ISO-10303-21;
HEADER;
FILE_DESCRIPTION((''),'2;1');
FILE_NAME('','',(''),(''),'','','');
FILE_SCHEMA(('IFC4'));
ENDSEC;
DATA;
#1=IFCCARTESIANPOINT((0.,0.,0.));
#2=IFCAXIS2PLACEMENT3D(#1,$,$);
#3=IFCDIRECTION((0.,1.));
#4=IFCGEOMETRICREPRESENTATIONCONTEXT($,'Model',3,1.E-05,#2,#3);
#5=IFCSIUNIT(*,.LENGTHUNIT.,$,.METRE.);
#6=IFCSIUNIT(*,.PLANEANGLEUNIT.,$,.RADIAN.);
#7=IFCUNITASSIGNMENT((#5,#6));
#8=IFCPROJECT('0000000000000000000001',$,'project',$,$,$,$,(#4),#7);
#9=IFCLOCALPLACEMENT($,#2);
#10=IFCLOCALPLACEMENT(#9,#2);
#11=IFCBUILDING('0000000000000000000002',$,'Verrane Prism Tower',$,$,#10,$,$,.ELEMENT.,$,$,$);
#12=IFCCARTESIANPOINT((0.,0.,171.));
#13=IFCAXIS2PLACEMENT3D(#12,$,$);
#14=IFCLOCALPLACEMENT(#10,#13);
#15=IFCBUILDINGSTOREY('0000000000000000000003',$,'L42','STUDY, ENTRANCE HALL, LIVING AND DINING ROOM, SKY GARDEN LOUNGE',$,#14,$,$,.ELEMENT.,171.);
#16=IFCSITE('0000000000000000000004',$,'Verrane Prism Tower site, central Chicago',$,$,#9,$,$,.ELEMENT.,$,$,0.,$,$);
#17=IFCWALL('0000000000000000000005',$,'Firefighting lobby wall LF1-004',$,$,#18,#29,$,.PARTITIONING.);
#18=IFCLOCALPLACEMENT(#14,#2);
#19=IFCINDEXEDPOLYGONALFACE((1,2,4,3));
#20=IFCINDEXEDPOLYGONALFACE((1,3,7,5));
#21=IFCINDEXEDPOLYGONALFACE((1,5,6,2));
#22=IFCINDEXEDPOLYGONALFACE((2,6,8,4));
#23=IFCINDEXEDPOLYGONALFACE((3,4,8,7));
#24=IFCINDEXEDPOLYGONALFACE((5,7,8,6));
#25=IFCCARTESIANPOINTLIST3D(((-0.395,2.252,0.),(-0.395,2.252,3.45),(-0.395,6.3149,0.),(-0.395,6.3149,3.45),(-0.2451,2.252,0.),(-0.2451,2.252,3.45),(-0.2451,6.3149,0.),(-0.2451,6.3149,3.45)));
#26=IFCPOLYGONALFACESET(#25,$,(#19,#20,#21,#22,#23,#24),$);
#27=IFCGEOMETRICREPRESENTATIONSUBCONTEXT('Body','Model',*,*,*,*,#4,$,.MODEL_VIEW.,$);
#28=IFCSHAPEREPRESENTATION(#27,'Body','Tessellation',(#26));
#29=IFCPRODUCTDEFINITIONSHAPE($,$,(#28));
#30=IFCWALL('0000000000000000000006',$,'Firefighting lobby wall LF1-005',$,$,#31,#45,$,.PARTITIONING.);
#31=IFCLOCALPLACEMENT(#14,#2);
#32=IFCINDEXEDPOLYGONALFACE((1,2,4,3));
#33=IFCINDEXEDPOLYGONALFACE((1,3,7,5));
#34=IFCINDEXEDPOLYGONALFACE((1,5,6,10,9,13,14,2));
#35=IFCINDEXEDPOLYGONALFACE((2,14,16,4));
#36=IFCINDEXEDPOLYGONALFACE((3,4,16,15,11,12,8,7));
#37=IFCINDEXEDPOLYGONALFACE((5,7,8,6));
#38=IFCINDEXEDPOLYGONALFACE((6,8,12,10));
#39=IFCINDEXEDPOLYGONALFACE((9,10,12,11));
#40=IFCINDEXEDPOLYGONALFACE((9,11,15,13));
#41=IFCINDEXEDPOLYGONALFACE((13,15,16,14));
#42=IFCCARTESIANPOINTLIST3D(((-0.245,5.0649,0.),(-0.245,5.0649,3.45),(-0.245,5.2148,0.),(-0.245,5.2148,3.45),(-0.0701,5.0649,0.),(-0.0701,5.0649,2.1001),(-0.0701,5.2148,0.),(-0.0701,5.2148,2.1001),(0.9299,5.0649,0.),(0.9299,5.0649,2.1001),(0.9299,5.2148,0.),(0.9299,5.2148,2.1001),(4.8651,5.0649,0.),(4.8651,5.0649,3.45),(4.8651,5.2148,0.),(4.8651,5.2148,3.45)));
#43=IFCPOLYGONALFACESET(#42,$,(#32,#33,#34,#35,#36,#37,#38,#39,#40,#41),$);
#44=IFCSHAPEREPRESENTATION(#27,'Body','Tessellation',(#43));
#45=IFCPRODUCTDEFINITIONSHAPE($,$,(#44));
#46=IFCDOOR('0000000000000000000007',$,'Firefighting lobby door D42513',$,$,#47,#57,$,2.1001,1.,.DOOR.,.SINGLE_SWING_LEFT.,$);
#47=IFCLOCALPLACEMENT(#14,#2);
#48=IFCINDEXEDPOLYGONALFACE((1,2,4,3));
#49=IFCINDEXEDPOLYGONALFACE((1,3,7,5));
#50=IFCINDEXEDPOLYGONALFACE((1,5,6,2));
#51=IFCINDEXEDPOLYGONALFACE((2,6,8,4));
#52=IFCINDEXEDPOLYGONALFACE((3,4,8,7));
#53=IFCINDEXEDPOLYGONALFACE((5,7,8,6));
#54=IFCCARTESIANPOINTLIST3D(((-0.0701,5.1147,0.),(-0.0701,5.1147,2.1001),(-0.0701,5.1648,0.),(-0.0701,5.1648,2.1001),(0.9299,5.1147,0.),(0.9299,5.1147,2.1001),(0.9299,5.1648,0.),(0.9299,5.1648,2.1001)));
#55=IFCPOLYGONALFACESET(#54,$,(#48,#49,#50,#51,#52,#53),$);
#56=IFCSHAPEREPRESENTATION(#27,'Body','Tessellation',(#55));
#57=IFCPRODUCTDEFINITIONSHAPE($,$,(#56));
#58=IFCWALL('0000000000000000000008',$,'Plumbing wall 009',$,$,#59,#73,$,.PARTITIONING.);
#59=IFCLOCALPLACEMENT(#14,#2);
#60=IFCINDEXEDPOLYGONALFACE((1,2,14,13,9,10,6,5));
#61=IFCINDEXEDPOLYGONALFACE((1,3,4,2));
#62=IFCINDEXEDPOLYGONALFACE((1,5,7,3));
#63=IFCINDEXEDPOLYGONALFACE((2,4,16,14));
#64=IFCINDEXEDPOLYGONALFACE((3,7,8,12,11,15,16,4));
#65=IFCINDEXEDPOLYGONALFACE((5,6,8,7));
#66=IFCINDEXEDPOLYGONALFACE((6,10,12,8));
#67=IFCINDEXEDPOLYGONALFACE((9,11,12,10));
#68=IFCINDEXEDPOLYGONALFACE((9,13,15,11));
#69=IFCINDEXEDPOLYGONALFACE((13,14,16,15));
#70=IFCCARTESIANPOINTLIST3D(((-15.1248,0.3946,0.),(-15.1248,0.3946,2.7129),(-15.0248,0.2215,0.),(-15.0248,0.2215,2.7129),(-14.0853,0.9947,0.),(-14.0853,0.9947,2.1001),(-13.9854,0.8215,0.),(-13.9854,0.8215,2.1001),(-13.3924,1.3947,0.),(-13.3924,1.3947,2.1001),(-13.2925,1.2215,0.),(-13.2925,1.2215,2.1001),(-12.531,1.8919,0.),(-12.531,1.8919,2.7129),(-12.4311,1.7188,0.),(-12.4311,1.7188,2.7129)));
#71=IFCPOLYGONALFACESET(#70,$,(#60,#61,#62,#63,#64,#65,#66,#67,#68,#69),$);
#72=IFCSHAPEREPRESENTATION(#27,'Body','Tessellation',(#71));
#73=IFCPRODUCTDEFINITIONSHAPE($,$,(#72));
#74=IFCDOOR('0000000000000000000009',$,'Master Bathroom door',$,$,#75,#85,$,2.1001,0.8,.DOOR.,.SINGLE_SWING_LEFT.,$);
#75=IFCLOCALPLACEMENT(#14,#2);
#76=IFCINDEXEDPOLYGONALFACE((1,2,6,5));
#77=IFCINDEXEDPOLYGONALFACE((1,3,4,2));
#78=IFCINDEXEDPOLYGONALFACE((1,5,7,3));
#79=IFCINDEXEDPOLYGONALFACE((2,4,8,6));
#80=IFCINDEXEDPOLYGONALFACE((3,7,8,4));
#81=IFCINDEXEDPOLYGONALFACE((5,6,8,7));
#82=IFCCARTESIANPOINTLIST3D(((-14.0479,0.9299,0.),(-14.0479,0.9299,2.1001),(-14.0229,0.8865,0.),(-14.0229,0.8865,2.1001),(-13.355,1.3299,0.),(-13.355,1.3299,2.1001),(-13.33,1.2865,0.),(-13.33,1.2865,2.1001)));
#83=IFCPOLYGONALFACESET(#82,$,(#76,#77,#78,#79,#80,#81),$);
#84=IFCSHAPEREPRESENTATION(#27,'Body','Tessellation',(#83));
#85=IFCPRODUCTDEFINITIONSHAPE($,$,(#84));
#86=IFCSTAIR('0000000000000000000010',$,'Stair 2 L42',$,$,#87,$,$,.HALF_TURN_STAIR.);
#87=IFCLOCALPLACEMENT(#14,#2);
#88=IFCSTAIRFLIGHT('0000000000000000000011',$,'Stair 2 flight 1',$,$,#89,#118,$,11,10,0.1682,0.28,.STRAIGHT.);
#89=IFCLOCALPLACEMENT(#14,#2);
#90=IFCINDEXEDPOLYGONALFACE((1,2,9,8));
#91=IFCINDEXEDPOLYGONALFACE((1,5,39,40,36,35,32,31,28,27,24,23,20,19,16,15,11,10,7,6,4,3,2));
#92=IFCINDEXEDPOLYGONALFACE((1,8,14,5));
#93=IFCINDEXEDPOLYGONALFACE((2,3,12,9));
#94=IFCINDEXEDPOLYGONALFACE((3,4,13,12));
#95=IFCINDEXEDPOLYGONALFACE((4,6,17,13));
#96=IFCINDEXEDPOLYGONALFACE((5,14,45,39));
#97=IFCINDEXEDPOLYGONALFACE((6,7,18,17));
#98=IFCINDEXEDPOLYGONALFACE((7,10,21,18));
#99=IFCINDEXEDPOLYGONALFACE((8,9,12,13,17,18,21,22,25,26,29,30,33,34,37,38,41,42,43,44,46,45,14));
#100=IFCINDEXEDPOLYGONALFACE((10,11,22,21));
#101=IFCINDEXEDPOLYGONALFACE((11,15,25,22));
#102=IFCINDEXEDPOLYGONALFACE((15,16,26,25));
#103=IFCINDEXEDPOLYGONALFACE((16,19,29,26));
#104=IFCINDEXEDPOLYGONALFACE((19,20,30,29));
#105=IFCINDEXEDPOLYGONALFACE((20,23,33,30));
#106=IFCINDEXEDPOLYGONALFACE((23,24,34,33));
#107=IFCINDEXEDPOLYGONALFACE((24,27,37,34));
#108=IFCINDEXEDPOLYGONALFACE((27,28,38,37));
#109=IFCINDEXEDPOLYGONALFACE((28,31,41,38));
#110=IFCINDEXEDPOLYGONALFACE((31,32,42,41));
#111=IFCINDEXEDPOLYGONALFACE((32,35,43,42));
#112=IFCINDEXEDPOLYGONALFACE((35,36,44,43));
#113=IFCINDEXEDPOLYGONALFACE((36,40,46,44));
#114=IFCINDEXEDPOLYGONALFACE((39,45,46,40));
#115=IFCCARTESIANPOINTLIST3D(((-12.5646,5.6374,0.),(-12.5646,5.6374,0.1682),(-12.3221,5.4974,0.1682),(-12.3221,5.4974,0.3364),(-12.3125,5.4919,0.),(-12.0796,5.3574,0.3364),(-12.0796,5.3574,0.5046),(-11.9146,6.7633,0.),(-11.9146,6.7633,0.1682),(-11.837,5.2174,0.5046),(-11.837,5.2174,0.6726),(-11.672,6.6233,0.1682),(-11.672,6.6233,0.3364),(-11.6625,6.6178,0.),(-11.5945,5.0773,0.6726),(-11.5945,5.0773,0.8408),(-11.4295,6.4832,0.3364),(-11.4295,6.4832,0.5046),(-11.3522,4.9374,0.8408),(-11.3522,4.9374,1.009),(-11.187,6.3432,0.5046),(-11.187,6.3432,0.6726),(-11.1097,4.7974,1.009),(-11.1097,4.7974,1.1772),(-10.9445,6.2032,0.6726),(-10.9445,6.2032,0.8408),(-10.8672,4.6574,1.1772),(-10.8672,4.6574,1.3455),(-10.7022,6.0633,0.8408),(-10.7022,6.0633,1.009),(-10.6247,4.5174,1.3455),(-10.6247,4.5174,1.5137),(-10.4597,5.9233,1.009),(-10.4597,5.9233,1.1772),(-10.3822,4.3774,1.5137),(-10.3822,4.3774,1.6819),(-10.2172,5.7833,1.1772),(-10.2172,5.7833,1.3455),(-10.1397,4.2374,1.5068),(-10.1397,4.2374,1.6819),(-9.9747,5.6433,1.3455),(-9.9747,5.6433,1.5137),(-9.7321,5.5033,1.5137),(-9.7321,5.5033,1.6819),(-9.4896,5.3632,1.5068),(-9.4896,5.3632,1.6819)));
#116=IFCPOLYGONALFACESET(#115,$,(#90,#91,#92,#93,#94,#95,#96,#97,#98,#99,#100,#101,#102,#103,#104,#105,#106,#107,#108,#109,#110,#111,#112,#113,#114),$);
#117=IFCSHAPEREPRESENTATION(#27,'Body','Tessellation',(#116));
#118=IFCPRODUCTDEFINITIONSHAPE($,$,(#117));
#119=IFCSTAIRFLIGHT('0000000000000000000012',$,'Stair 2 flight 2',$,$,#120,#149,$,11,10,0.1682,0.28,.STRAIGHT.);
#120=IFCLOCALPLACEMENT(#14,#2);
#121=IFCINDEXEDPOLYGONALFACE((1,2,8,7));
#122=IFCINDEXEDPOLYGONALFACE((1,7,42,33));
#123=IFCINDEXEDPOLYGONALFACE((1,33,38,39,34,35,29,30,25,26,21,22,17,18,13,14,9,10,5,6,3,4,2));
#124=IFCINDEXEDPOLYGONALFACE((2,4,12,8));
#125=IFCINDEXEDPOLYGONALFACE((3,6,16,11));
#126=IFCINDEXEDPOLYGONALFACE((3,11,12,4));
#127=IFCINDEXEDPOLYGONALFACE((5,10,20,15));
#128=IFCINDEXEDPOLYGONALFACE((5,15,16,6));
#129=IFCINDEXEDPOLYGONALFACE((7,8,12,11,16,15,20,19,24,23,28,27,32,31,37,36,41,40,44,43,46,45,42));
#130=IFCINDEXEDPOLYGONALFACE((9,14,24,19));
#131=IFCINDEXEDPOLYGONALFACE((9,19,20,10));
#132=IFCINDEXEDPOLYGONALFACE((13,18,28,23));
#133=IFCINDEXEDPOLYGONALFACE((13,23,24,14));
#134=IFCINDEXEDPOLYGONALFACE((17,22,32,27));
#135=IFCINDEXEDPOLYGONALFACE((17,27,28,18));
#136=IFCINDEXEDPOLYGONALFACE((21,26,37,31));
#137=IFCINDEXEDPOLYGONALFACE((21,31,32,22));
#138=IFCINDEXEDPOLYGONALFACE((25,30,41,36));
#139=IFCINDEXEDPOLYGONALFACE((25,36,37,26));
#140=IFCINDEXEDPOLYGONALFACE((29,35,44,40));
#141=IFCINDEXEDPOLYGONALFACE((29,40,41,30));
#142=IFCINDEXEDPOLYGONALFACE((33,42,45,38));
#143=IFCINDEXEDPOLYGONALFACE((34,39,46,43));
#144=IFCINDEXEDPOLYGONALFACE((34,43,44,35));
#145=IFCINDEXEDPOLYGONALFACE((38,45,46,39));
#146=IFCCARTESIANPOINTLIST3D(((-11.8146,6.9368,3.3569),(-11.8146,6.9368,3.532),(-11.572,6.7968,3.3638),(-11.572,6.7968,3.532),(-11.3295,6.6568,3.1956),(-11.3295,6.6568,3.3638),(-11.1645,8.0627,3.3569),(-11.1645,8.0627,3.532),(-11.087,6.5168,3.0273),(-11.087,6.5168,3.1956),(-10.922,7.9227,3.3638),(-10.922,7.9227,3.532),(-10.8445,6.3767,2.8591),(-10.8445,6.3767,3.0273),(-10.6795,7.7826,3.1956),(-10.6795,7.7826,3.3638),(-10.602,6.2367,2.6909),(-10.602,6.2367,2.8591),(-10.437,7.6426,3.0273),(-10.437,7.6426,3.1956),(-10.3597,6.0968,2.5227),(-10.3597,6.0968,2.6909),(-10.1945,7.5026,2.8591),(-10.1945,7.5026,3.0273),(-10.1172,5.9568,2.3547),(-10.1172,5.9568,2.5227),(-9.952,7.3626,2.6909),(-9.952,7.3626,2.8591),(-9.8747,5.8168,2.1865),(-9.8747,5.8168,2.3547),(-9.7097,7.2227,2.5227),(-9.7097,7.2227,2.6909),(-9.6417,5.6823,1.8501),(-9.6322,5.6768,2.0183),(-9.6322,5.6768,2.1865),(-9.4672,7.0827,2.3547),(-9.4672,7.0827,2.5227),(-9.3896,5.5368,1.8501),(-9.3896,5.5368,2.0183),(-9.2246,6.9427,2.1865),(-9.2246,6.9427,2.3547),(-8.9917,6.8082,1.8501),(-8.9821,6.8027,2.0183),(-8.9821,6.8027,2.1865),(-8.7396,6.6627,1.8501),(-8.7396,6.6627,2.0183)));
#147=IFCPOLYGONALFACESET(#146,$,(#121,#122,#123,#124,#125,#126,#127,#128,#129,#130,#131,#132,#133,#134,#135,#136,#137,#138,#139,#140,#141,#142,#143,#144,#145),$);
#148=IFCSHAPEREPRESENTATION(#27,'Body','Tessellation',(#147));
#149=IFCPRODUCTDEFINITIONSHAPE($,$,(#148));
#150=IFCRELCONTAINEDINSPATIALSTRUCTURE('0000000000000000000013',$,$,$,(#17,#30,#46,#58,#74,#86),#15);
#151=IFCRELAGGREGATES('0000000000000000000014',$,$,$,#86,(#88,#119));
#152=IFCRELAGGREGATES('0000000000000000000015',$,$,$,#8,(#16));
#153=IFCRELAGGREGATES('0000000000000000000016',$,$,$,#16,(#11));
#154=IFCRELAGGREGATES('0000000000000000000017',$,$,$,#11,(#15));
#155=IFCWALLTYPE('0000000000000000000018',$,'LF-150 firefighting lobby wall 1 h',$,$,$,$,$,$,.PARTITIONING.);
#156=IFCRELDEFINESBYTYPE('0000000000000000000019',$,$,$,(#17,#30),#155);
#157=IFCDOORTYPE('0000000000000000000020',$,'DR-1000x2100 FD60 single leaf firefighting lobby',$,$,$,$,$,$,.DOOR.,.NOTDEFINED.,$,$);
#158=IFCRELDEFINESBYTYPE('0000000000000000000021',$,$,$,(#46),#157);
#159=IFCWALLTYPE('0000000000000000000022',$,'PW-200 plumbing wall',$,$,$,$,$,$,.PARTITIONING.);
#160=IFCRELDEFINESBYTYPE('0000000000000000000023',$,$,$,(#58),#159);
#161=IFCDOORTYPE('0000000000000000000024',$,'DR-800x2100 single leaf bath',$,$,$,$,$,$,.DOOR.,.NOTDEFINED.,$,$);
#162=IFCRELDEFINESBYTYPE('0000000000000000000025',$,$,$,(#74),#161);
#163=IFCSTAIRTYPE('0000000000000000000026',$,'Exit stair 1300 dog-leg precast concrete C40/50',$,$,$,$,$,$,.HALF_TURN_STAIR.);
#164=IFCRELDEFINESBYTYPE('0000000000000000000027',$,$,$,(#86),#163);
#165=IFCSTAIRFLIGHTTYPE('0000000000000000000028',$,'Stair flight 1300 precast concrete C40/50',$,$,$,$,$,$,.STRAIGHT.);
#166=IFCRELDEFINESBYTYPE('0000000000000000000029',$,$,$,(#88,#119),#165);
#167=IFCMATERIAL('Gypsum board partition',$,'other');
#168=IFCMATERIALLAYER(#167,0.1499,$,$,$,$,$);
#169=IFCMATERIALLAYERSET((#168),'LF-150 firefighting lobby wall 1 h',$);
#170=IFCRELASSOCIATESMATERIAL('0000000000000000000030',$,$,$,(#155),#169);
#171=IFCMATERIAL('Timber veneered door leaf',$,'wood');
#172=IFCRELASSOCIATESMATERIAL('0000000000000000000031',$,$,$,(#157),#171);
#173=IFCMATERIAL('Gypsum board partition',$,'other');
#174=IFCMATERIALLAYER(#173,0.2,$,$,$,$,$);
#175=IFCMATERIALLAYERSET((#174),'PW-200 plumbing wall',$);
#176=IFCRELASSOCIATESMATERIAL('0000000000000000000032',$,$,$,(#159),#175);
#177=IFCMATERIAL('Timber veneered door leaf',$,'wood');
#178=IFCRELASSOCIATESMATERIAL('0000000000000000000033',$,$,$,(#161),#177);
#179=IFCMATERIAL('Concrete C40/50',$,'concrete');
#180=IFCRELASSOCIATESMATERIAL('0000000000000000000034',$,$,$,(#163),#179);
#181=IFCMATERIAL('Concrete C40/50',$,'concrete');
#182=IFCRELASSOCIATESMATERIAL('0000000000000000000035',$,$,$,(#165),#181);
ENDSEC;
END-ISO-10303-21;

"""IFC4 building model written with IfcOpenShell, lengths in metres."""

from ifc_helpers import new_model, si_unit, direction, frame, frame_2d, origin, place, context, subcontext, project, spatial, polyline, rectangle, outline, extrude, material, layer, layer_set, type_object, element, fill, aggregate, save


model = new_model("IFC4")

# Units and contexts
model_context = context("Model", 3, precision=1e-05, world=origin(), true_north=direction((0.0, 1.0)))
body_context = subcontext(model_context, "Body", "Model", "MODEL_VIEW")
ifc_project = project(units=[si_unit("LENGTHUNIT", "METRE"), si_unit("PLANEANGLEUNIT", "RADIAN")], contexts=[model_context])

# Site, building, storey
site_placement = place(None, origin())
site = spatial("IfcSite", under=ifc_project, at=site_placement, Name="Verrane Prism Tower site, central Chicago", CompositionType="ELEMENT", RefElevation=0.0)
building_placement = place(site_placement, origin())
building = spatial("IfcBuilding", under=site, at=building_placement, Name="Verrane Prism Tower", CompositionType="ELEMENT")
storey_placement = place(building_placement, frame((0.0, 0.0, 171.0)))
storey = spatial("IfcBuildingStorey", under=building, at=storey_placement, Name="L42", Description="STUDY, ENTRANCE HALL, LIVING AND DINING ROOM, SKY GARDEN LOUNGE", CompositionType="ELEMENT", Elevation=171.0)

# Shared definitions
ifc_material_1 = material(Name="Gypsum board partition", Category="other")
ifc_layer_1 = layer(ifc_material_1, 0.1499)
ifc_layer_set_1 = layer_set([ifc_layer_1], Name="LF-150 firefighting lobby wall 1 h")
wall_type_1 = type_object("IfcWallType", Name="LF-150 firefighting lobby wall 1 h", PredefinedType="PARTITIONING", material=ifc_layer_set_1)

# Shared definitions
ifc_material_2 = material(Name="Timber veneered door leaf", Category="wood")
door_type_1 = type_object("IfcDoorType", Name="DR-1000x2100 FD60 single leaf firefighting lobby", OperationType="NOTDEFINED", PredefinedType="DOOR", material=ifc_material_2)

# Wall
wall_1_placement = place(storey_placement, frame((-0.3201, 2.252, 0.0), z_axis=(0.0, 0.0, 1.0), x_axis=(0.0, 1.0, 0.0)))
element("IfcWall", 1, at=wall_1_placement, inside=storey, type_object=wall_type_1, Name="Firefighting lobby wall LF1-004", PredefinedType="PARTITIONING", context=body_context, shape_type="SweptSolid", body=[
    extrude(rectangle(XDim=4.063, YDim=0.1499, at=frame_2d((2.0315, 0.0))), origin(), (0.0, 0.0, 1.0), 3.45),
])

# Walls, openings, doors
wall_2_placement = place(storey_placement, frame((-0.2451, 5.1399, 0.0), z_axis=(0.0, 0.0, 1.0), x_axis=(1.0, 0.0, 0.0)))
wall_2 = element("IfcWall", 2, at=wall_2_placement, inside=storey, type_object=wall_type_1, Name="Firefighting lobby wall LF1-005", PredefinedType="PARTITIONING", context=body_context, shape_type="SweptSolid", body=[
    extrude(rectangle(XDim=5.1101, YDim=0.1499, at=frame_2d((2.5552, 0.0))), origin(), (0.0, 0.0, 1.0), 3.45),
])
opening_1_placement = place(wall_2_placement, frame((0.175, 0.0, 0.0)))
opening_1 = element("IfcOpeningElement", 3, at=opening_1_placement, cuts=wall_2, PredefinedType="OPENING", context=body_context, shape_type="SweptSolid", body=[
    extrude(rectangle(XDim=1.0, YDim=2.1001, at=frame_2d((0.5, 1.05))), frame((0.0, 0.085, 0.0), z_axis=(0.0, -1.0, 0.0), x_axis=(1.0, 0.0, 0.0)), (0.0, 0.0, 1.0), 0.1699),
])
door_1_placement = place(opening_1_placement, origin())
door_1 = element("IfcDoor", 4, at=door_1_placement, inside=storey, type_object=door_type_1, Name="Firefighting lobby door D42513", OperationType="SINGLE_SWING_LEFT", OverallHeight=2.1001, OverallWidth=1.0, PredefinedType="DOOR", context=body_context, shape_type="SweptSolid", body=[
    extrude(rectangle(XDim=1.0, YDim=2.1001, at=frame_2d((0.5, 1.05))), frame((0.0, 0.0249, 0.0), z_axis=(0.0, -1.0, 0.0), x_axis=(1.0, 0.0, 0.0)), (0.0, 0.0, 1.0), 0.05),
])
fill(opening_1, door_1)
ifc_material_3 = material(Name="Gypsum board partition", Category="other")
ifc_layer_2 = layer(ifc_material_3, 0.2)
ifc_layer_set_2 = layer_set([ifc_layer_2], Name="PW-200 plumbing wall")
wall_type_2 = type_object("IfcWallType", Name="PW-200 plumbing wall", PredefinedType="PARTITIONING", material=ifc_layer_set_2)
wall_3_placement = place(storey_placement, frame((-12.481, 1.8054, 0.0), z_axis=(0.0, 0.0, 1.0), x_axis=(-0.866053, -0.499953, 0.0)))
wall_3 = element("IfcWall", 5, at=wall_3_placement, inside=storey, type_object=wall_type_2, Name="Plumbing wall 009", PredefinedType="PARTITIONING", context=body_context, shape_type="SweptSolid", body=[
    extrude(rectangle(XDim=2.9949, YDim=0.2, at=frame_2d((1.4976, 0.0))), origin(), (0.0, 0.0, 1.0), 2.7129),
])
opening_2_placement = place(wall_3_placement, frame((0.9949, 0.0, 0.0)))
opening_2 = element("IfcOpeningElement", 6, at=opening_2_placement, cuts=wall_3, PredefinedType="OPENING", context=body_context, shape_type="SweptSolid", body=[
    extrude(rectangle(XDim=0.8, YDim=2.1001, at=frame_2d((0.3999, 1.05))), frame((0.0, 0.1099, 0.0), z_axis=(0.0, -1.0, 0.0), x_axis=(1.0, 0.0, 0.0)), (0.0, 0.0, 1.0), 0.22),
])
ifc_material_4 = material(Name="Timber veneered door leaf", Category="wood")
door_type_2 = type_object("IfcDoorType", Name="DR-800x2100 single leaf bath", OperationType="NOTDEFINED", PredefinedType="DOOR", material=ifc_material_4)
door_2_placement = place(opening_2_placement, origin())
door_2 = element("IfcDoor", 7, at=door_2_placement, inside=storey, type_object=door_type_2, Name="Master Bathroom door", OperationType="SINGLE_SWING_LEFT", OverallHeight=2.1001, OverallWidth=0.8, PredefinedType="DOOR", context=body_context, shape_type="SweptSolid", body=[
    extrude(rectangle(XDim=0.8, YDim=2.1001, at=frame_2d((0.3999, 1.05))), frame((0.0, 0.0249, 0.0), z_axis=(0.0, -1.0, 0.0), x_axis=(1.0, 0.0, 0.0)), (0.0, 0.0, 1.0), 0.05),
])
fill(opening_2, door_2)

# Stair, stair flights
ifc_material_5 = material(Name="Concrete C40/50", Category="concrete")
stair_type = type_object("IfcStairType", Name="Exit stair 1300 dog-leg precast concrete C40/50", PredefinedType="HALF_TURN_STAIR", material=ifc_material_5)
stair_placement = place(storey_placement, origin())
stair = element("IfcStair", 8, at=stair_placement, inside=storey, type_object=stair_type, Name="Stair 2 L42", PredefinedType="HALF_TURN_STAIR")
ifc_material_6 = material(Name="Concrete C40/50", Category="concrete")
stair_flight_type = type_object("IfcStairFlightType", Name="Stair flight 1300 precast concrete C40/50", PredefinedType="STRAIGHT", material=ifc_material_6)
stair_flight_1_placement = place(storey_placement, frame((-12.2395, 6.2004, 0.0), z_axis=(0.0, 0.0, 1.0), x_axis=(0.866025, -0.5, 0.0)))
stair_flight_1 = element("IfcStairFlight", 9, at=stair_flight_1_placement, type_object=stair_flight_type, Name="Stair 2 flight 1", NumberOfRisers=11, NumberOfTreads=10, PredefinedType="STRAIGHT", RiserHeight=0.1682, TreadLength=0.28, context=body_context, shape_type="SweptSolid", body=[
    extrude(outline(polyline([(0.0, 0.0), (0.0, 0.1682), (0.28, 0.1682), (0.28, 0.3364), (0.5601, 0.3364), (0.5601, 0.5046), (0.8401, 0.5046), (0.8401, 0.6726), (1.1201, 0.6726), (1.1201, 0.8408), (1.3999, 0.8408), (1.3999, 1.009), (1.6799, 1.009), (1.6799, 1.1772), (1.96, 1.1772), (1.96, 1.3455), (2.24, 1.3455), (2.24, 1.5137), (2.52, 1.5137), (2.52, 1.6819), (2.8, 1.6819), (2.8, 1.8501), (2.8, 1.5068), (0.291, 0.0), (0.0, 0.0)])), frame((0.0, 0.6499, 0.0), z_axis=(0.0, -1.0, 0.0), x_axis=(1.0, 0.0, 0.0)), (0.0, 0.0, 1.0), 1.3),
])
stair_flight_2_placement = place(storey_placement, frame((-9.0647, 6.0996, 1.8501), z_axis=(0.0, 0.0, 1.0), x_axis=(-0.866025, 0.5, 0.0)))
stair_flight_2 = element("IfcStairFlight", 10, at=stair_flight_2_placement, type_object=stair_flight_type, Name="Stair 2 flight 2", NumberOfRisers=11, NumberOfTreads=10, PredefinedType="STRAIGHT", RiserHeight=0.1682, TreadLength=0.28, context=body_context, shape_type="SweptSolid", body=[
    extrude(outline(polyline([(0.0, 0.0), (0.0, 0.1682), (0.28, 0.1682), (0.28, 0.3364), (0.5601, 0.3364), (0.5601, 0.5046), (0.8401, 0.5046), (0.8401, 0.6726), (1.1201, 0.6726), (1.1201, 0.8408), (1.3999, 0.8408), (1.3999, 1.009), (1.6799, 1.009), (1.6799, 1.1772), (1.96, 1.1772), (1.96, 1.3455), (2.24, 1.3455), (2.24, 1.5137), (2.52, 1.5137), (2.52, 1.6819), (2.8, 1.6819), (2.8, 1.8501), (2.8, 1.5068), (0.291, 0.0), (0.0, 0.0)])), frame((0.0, 0.6499, 0.0), z_axis=(0.0, -1.0, 0.0), x_axis=(1.0, 0.0, 0.0)), (0.0, 0.0, 1.0), 1.3),
])
aggregate(stair, [stair_flight_1, stair_flight_2])

save(model, "model.ifc")
